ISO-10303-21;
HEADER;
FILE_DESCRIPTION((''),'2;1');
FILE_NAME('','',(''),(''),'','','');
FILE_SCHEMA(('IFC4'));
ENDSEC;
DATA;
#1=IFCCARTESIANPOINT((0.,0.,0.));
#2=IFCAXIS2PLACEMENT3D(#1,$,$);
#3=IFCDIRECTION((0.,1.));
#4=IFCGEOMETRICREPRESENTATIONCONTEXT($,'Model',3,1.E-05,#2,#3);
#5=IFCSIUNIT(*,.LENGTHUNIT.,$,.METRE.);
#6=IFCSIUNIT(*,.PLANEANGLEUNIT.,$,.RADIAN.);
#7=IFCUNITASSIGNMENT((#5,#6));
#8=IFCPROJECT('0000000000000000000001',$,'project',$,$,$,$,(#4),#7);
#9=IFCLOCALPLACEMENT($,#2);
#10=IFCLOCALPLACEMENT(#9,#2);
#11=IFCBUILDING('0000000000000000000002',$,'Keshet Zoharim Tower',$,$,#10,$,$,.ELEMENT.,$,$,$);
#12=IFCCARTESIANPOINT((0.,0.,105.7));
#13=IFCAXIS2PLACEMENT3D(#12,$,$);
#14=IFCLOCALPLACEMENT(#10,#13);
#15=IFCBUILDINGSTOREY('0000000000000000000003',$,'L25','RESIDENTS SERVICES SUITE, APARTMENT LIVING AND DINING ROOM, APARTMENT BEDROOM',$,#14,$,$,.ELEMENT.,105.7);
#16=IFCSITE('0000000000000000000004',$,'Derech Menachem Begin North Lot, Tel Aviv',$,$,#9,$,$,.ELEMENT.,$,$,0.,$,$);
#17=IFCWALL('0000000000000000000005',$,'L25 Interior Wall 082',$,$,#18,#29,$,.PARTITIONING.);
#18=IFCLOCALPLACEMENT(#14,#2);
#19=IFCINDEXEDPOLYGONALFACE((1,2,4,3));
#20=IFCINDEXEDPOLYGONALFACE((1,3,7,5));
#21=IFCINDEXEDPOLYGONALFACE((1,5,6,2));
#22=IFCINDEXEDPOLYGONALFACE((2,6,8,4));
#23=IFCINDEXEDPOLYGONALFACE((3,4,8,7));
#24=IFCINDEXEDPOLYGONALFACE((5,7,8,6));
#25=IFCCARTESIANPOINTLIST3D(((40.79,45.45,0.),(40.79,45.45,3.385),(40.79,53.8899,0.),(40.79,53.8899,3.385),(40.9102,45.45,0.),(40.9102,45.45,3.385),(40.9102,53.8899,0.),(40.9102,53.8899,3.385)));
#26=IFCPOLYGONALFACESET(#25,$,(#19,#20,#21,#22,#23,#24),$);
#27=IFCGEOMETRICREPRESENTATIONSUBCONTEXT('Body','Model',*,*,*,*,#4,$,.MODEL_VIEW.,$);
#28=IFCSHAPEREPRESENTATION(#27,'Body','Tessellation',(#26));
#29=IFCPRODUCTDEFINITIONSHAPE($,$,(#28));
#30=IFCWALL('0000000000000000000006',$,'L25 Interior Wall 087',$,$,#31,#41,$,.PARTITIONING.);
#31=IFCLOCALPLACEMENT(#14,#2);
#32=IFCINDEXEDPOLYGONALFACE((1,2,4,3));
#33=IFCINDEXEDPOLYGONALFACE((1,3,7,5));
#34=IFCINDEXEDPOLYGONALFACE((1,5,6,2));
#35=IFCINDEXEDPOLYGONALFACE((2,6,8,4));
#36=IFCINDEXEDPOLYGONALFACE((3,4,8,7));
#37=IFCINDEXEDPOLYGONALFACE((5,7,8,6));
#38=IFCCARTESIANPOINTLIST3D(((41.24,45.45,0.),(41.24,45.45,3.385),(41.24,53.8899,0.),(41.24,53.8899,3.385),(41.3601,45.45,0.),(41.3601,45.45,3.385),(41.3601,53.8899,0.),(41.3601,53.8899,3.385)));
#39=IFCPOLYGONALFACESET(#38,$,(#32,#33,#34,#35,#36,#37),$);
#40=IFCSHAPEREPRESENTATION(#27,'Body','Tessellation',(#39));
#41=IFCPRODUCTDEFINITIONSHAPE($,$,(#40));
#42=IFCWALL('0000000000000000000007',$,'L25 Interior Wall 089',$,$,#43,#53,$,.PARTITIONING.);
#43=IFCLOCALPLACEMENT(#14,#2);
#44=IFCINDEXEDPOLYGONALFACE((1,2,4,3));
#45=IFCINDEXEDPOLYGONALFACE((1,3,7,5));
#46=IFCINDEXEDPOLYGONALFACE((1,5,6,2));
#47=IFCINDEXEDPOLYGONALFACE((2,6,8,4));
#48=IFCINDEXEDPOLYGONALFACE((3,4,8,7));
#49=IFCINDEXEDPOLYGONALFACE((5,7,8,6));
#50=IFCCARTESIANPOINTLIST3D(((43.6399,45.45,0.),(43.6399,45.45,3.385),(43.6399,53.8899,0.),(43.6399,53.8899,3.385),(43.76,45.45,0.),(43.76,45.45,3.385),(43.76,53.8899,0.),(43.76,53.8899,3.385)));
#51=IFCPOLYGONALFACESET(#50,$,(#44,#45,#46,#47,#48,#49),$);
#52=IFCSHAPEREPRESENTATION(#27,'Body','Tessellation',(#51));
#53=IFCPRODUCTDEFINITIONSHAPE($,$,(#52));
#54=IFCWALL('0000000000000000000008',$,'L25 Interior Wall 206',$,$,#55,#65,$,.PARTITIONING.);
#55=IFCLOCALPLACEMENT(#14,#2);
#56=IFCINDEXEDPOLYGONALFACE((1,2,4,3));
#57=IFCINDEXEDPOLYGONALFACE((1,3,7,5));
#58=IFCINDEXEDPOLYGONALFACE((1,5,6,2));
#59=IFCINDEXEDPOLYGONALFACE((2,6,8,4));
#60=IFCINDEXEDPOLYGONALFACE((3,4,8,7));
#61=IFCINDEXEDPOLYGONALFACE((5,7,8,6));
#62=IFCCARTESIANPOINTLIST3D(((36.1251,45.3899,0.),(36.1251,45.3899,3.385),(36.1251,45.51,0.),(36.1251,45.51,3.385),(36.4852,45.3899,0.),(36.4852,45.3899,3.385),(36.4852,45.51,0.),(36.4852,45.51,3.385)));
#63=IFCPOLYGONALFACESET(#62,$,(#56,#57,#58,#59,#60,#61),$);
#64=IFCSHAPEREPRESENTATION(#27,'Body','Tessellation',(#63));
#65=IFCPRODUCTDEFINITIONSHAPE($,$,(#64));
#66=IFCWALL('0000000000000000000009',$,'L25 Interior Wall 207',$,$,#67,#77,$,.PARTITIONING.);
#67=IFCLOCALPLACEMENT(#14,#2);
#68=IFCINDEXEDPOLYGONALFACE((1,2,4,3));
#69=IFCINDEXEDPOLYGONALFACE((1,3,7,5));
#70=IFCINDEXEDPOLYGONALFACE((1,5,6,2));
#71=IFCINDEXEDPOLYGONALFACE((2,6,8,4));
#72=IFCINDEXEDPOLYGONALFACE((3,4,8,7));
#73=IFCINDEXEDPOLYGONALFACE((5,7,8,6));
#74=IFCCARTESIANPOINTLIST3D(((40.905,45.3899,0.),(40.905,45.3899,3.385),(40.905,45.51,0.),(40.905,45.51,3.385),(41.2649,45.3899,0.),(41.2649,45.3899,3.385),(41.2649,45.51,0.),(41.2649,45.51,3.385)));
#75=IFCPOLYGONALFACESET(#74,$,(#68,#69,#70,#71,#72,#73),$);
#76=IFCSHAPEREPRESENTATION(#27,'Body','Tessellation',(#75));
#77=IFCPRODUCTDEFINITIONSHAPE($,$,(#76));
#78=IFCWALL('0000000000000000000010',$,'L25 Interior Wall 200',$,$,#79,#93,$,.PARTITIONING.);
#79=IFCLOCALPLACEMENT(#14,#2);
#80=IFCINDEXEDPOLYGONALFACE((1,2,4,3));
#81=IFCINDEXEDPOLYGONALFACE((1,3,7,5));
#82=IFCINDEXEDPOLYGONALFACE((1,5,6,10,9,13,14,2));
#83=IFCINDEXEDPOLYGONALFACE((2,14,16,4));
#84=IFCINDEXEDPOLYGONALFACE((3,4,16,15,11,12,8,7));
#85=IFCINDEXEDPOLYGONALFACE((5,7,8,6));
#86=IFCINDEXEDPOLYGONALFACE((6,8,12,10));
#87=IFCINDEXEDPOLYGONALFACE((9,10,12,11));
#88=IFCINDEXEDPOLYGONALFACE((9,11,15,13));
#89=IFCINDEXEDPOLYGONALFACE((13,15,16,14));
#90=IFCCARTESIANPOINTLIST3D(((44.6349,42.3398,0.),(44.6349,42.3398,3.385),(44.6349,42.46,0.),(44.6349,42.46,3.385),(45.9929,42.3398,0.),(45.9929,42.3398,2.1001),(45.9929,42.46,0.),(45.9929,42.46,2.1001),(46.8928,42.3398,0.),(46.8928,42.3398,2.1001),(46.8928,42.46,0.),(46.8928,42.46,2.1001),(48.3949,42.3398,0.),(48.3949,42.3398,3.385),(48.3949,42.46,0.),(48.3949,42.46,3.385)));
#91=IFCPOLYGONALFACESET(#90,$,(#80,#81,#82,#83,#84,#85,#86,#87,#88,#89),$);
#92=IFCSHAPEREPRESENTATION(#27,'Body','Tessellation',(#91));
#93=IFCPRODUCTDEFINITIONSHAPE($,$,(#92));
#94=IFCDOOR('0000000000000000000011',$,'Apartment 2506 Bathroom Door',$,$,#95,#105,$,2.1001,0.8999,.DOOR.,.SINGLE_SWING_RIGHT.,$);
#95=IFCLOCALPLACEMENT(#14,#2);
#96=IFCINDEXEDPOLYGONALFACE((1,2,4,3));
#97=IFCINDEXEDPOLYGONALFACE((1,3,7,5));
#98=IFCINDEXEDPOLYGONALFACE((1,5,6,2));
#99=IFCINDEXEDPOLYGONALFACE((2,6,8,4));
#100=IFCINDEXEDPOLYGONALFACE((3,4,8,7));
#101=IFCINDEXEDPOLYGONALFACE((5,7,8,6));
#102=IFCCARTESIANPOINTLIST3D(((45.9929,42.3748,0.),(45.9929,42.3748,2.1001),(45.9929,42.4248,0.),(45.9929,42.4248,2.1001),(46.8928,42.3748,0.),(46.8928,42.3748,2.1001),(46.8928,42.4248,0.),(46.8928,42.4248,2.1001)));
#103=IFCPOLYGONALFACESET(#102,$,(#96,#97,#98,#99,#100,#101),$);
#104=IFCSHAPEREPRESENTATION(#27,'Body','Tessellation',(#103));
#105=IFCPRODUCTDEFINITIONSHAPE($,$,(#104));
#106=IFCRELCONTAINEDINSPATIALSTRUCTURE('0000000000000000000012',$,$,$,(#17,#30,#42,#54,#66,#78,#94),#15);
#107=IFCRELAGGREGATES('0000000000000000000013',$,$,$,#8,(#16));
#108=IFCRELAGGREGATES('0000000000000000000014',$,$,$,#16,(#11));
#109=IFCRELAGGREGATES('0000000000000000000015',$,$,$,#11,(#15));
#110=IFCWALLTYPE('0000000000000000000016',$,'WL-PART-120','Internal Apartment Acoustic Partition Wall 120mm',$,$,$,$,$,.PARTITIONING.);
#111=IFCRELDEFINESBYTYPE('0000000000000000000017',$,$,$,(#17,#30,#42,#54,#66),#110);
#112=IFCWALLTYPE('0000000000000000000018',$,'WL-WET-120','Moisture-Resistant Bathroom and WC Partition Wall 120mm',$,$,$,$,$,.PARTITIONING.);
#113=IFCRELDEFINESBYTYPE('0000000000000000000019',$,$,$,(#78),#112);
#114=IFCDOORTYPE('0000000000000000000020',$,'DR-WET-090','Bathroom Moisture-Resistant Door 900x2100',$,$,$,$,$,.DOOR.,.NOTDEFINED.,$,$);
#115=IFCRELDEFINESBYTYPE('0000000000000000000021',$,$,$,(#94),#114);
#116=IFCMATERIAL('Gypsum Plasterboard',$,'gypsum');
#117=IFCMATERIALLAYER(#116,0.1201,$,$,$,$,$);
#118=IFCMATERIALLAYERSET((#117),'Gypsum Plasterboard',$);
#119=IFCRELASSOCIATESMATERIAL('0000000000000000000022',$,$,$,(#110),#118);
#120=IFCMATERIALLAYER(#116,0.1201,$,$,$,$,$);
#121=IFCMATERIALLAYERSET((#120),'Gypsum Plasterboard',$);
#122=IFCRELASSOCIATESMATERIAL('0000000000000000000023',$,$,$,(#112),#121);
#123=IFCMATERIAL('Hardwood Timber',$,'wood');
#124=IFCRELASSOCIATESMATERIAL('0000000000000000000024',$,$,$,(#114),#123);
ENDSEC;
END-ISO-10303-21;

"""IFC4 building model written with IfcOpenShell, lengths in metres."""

from ifc_helpers import new_model, si_unit, direction, frame, frame_2d, origin, place, context, subcontext, project, spatial, rectangle, extrude, material, layer, layer_set, type_object, element, fill, save


model = new_model("IFC4")

# Units and contexts
model_context = context("Model", 3, precision=1e-05, world=origin(), true_north=direction((0.0, 1.0)))
body_context = subcontext(model_context, "Body", "Model", "MODEL_VIEW")
ifc_project = project(units=[si_unit("LENGTHUNIT", "METRE"), si_unit("PLANEANGLEUNIT", "RADIAN")], contexts=[model_context])

# Site, building, storey
site_placement = place(None, origin())
site = spatial("IfcSite", under=ifc_project, at=site_placement, Name="Derech Menachem Begin North Lot, Tel Aviv", CompositionType="ELEMENT", RefElevation=0.0)
building_placement = place(site_placement, origin())
building = spatial("IfcBuilding", under=site, at=building_placement, Name="Keshet Zoharim Tower", CompositionType="ELEMENT")
storey_placement = place(building_placement, frame((0.0, 0.0, 105.7)))
storey = spatial("IfcBuildingStorey", under=building, at=storey_placement, Name="L25", Description="RESIDENTS SERVICES SUITE, APARTMENT LIVING AND DINING ROOM, APARTMENT BEDROOM", CompositionType="ELEMENT", Elevation=105.7)

# Walls
ifc_material_1 = material(Name="Gypsum Plasterboard", Category="gypsum")
ifc_layer_1 = layer(ifc_material_1, 0.1201)
ifc_layer_set_1 = layer_set([ifc_layer_1], Name="Gypsum Plasterboard")
wall_type_1 = type_object("IfcWallType", Name="WL-PART-120", Description="Internal Apartment Acoustic Partition Wall 120mm", PredefinedType="PARTITIONING", material=ifc_layer_set_1)
for number, where, z_axis, x_axis, name in (
    (1, (40.8501, 45.45, 0.0), (0.0, 0.0, 1.0), (0.0, 1.0, 0.0), "L25 Interior Wall 082"),
    (2, (41.3, 45.45, 0.0), (0.0, 0.0, 1.0), (0.0, 1.0, 0.0), "L25 Interior Wall 087"),
    (3, (43.7, 45.45, 0.0), (0.0, 0.0, 1.0), (0.0, 1.0, 0.0), "L25 Interior Wall 089"),
):
    element("IfcWall", number, at=place(storey_placement, frame(where, z_axis=z_axis, x_axis=x_axis)), inside=storey, type_object=wall_type_1, Name=name, PredefinedType="PARTITIONING", context=body_context, shape_type="SweptSolid", body=[
        extrude(rectangle(XDim=8.4399, YDim=0.1201, at=frame_2d((4.22, 0.0))), origin(), (0.0, 0.0, 1.0), 3.385),
    ])

# Shared definitions
ifc_material_2 = material(Name="Hardwood Timber", Category="wood")

# Walls
wall_1_placement = place(storey_placement, frame((36.125, 45.45, 0.0), z_axis=(0.0, 0.0, 1.0), x_axis=(1.0, 0.0, 0.0)))
element("IfcWall", 4, at=wall_1_placement, inside=storey, type_object=wall_type_1, Name="L25 Interior Wall 206", PredefinedType="PARTITIONING", context=body_context, shape_type="SweptSolid", body=[
    extrude(rectangle(XDim=0.3601, YDim=0.1201, at=frame_2d((0.1802, 0.0))), origin(), (0.0, 0.0, 1.0), 3.385),
])
wall_2_placement = place(storey_placement, frame((40.905, 45.45, 0.0), z_axis=(0.0, 0.0, 1.0), x_axis=(1.0, 0.0, 0.0)))
element("IfcWall", 5, at=wall_2_placement, inside=storey, type_object=wall_type_1, Name="L25 Interior Wall 207", PredefinedType="PARTITIONING", context=body_context, shape_type="SweptSolid", body=[
    extrude(rectangle(XDim=0.3599, YDim=0.1201, at=frame_2d((0.1799, 0.0))), origin(), (0.0, 0.0, 1.0), 3.385),
])

# Wall, opening, door
ifc_layer_2 = layer(ifc_material_1, 0.1201)
ifc_layer_set_2 = layer_set([ifc_layer_2], Name="Gypsum Plasterboard")
wall_type_2 = type_object("IfcWallType", Name="WL-WET-120", Description="Moisture-Resistant Bathroom and WC Partition Wall 120mm", PredefinedType="PARTITIONING", material=ifc_layer_set_2)
wall_3_placement = place(storey_placement, frame((44.635, 42.3999, 0.0), z_axis=(0.0, 0.0, 1.0), x_axis=(1.0, 0.0, 0.0)))
wall_3 = element("IfcWall", 6, at=wall_3_placement, inside=storey, type_object=wall_type_2, Name="L25 Interior Wall 200", PredefinedType="PARTITIONING", context=body_context, shape_type="SweptSolid", body=[
    extrude(rectangle(XDim=3.76, YDim=0.1201, at=frame_2d((1.8799, 0.0))), origin(), (0.0, 0.0, 1.0), 3.385),
])
opening_1_placement = place(wall_3_placement, frame((1.3579, 0.0, 0.0)))
opening_1 = element("IfcOpeningElement", 7, at=opening_1_placement, cuts=wall_3, PredefinedType="OPENING", context=body_context, shape_type="SweptSolid", body=[
    extrude(rectangle(XDim=0.8999, YDim=2.1001, at=frame_2d((0.45, 1.05))), frame((0.0, 0.0701, 0.0), z_axis=(0.0, -1.0, 0.0), x_axis=(1.0, 0.0, 0.0)), (0.0, 0.0, 1.0), 0.1401),
])
door_type_1 = type_object("IfcDoorType", Name="DR-WET-090", Description="Bathroom Moisture-Resistant Door 900x2100", OperationType="NOTDEFINED", PredefinedType="DOOR", material=ifc_material_2)
door_1_placement = place(opening_1_placement, origin())
door_1 = element("IfcDoor", 8, at=door_1_placement, inside=storey, type_object=door_type_1, Name="Apartment 2506 Bathroom Door", OperationType="SINGLE_SWING_RIGHT", OverallHeight=2.1001, OverallWidth=0.8999, PredefinedType="DOOR", context=body_context, shape_type="SweptSolid", body=[
    extrude(rectangle(XDim=0.8999, YDim=2.1001, at=frame_2d((0.45, 1.05))), frame((0.0, 0.0249, 0.0), z_axis=(0.0, -1.0, 0.0), x_axis=(1.0, 0.0, 0.0)), (0.0, 0.0, 1.0), 0.05),
])
fill(opening_1, door_1)

save(model, "model.ifc")
